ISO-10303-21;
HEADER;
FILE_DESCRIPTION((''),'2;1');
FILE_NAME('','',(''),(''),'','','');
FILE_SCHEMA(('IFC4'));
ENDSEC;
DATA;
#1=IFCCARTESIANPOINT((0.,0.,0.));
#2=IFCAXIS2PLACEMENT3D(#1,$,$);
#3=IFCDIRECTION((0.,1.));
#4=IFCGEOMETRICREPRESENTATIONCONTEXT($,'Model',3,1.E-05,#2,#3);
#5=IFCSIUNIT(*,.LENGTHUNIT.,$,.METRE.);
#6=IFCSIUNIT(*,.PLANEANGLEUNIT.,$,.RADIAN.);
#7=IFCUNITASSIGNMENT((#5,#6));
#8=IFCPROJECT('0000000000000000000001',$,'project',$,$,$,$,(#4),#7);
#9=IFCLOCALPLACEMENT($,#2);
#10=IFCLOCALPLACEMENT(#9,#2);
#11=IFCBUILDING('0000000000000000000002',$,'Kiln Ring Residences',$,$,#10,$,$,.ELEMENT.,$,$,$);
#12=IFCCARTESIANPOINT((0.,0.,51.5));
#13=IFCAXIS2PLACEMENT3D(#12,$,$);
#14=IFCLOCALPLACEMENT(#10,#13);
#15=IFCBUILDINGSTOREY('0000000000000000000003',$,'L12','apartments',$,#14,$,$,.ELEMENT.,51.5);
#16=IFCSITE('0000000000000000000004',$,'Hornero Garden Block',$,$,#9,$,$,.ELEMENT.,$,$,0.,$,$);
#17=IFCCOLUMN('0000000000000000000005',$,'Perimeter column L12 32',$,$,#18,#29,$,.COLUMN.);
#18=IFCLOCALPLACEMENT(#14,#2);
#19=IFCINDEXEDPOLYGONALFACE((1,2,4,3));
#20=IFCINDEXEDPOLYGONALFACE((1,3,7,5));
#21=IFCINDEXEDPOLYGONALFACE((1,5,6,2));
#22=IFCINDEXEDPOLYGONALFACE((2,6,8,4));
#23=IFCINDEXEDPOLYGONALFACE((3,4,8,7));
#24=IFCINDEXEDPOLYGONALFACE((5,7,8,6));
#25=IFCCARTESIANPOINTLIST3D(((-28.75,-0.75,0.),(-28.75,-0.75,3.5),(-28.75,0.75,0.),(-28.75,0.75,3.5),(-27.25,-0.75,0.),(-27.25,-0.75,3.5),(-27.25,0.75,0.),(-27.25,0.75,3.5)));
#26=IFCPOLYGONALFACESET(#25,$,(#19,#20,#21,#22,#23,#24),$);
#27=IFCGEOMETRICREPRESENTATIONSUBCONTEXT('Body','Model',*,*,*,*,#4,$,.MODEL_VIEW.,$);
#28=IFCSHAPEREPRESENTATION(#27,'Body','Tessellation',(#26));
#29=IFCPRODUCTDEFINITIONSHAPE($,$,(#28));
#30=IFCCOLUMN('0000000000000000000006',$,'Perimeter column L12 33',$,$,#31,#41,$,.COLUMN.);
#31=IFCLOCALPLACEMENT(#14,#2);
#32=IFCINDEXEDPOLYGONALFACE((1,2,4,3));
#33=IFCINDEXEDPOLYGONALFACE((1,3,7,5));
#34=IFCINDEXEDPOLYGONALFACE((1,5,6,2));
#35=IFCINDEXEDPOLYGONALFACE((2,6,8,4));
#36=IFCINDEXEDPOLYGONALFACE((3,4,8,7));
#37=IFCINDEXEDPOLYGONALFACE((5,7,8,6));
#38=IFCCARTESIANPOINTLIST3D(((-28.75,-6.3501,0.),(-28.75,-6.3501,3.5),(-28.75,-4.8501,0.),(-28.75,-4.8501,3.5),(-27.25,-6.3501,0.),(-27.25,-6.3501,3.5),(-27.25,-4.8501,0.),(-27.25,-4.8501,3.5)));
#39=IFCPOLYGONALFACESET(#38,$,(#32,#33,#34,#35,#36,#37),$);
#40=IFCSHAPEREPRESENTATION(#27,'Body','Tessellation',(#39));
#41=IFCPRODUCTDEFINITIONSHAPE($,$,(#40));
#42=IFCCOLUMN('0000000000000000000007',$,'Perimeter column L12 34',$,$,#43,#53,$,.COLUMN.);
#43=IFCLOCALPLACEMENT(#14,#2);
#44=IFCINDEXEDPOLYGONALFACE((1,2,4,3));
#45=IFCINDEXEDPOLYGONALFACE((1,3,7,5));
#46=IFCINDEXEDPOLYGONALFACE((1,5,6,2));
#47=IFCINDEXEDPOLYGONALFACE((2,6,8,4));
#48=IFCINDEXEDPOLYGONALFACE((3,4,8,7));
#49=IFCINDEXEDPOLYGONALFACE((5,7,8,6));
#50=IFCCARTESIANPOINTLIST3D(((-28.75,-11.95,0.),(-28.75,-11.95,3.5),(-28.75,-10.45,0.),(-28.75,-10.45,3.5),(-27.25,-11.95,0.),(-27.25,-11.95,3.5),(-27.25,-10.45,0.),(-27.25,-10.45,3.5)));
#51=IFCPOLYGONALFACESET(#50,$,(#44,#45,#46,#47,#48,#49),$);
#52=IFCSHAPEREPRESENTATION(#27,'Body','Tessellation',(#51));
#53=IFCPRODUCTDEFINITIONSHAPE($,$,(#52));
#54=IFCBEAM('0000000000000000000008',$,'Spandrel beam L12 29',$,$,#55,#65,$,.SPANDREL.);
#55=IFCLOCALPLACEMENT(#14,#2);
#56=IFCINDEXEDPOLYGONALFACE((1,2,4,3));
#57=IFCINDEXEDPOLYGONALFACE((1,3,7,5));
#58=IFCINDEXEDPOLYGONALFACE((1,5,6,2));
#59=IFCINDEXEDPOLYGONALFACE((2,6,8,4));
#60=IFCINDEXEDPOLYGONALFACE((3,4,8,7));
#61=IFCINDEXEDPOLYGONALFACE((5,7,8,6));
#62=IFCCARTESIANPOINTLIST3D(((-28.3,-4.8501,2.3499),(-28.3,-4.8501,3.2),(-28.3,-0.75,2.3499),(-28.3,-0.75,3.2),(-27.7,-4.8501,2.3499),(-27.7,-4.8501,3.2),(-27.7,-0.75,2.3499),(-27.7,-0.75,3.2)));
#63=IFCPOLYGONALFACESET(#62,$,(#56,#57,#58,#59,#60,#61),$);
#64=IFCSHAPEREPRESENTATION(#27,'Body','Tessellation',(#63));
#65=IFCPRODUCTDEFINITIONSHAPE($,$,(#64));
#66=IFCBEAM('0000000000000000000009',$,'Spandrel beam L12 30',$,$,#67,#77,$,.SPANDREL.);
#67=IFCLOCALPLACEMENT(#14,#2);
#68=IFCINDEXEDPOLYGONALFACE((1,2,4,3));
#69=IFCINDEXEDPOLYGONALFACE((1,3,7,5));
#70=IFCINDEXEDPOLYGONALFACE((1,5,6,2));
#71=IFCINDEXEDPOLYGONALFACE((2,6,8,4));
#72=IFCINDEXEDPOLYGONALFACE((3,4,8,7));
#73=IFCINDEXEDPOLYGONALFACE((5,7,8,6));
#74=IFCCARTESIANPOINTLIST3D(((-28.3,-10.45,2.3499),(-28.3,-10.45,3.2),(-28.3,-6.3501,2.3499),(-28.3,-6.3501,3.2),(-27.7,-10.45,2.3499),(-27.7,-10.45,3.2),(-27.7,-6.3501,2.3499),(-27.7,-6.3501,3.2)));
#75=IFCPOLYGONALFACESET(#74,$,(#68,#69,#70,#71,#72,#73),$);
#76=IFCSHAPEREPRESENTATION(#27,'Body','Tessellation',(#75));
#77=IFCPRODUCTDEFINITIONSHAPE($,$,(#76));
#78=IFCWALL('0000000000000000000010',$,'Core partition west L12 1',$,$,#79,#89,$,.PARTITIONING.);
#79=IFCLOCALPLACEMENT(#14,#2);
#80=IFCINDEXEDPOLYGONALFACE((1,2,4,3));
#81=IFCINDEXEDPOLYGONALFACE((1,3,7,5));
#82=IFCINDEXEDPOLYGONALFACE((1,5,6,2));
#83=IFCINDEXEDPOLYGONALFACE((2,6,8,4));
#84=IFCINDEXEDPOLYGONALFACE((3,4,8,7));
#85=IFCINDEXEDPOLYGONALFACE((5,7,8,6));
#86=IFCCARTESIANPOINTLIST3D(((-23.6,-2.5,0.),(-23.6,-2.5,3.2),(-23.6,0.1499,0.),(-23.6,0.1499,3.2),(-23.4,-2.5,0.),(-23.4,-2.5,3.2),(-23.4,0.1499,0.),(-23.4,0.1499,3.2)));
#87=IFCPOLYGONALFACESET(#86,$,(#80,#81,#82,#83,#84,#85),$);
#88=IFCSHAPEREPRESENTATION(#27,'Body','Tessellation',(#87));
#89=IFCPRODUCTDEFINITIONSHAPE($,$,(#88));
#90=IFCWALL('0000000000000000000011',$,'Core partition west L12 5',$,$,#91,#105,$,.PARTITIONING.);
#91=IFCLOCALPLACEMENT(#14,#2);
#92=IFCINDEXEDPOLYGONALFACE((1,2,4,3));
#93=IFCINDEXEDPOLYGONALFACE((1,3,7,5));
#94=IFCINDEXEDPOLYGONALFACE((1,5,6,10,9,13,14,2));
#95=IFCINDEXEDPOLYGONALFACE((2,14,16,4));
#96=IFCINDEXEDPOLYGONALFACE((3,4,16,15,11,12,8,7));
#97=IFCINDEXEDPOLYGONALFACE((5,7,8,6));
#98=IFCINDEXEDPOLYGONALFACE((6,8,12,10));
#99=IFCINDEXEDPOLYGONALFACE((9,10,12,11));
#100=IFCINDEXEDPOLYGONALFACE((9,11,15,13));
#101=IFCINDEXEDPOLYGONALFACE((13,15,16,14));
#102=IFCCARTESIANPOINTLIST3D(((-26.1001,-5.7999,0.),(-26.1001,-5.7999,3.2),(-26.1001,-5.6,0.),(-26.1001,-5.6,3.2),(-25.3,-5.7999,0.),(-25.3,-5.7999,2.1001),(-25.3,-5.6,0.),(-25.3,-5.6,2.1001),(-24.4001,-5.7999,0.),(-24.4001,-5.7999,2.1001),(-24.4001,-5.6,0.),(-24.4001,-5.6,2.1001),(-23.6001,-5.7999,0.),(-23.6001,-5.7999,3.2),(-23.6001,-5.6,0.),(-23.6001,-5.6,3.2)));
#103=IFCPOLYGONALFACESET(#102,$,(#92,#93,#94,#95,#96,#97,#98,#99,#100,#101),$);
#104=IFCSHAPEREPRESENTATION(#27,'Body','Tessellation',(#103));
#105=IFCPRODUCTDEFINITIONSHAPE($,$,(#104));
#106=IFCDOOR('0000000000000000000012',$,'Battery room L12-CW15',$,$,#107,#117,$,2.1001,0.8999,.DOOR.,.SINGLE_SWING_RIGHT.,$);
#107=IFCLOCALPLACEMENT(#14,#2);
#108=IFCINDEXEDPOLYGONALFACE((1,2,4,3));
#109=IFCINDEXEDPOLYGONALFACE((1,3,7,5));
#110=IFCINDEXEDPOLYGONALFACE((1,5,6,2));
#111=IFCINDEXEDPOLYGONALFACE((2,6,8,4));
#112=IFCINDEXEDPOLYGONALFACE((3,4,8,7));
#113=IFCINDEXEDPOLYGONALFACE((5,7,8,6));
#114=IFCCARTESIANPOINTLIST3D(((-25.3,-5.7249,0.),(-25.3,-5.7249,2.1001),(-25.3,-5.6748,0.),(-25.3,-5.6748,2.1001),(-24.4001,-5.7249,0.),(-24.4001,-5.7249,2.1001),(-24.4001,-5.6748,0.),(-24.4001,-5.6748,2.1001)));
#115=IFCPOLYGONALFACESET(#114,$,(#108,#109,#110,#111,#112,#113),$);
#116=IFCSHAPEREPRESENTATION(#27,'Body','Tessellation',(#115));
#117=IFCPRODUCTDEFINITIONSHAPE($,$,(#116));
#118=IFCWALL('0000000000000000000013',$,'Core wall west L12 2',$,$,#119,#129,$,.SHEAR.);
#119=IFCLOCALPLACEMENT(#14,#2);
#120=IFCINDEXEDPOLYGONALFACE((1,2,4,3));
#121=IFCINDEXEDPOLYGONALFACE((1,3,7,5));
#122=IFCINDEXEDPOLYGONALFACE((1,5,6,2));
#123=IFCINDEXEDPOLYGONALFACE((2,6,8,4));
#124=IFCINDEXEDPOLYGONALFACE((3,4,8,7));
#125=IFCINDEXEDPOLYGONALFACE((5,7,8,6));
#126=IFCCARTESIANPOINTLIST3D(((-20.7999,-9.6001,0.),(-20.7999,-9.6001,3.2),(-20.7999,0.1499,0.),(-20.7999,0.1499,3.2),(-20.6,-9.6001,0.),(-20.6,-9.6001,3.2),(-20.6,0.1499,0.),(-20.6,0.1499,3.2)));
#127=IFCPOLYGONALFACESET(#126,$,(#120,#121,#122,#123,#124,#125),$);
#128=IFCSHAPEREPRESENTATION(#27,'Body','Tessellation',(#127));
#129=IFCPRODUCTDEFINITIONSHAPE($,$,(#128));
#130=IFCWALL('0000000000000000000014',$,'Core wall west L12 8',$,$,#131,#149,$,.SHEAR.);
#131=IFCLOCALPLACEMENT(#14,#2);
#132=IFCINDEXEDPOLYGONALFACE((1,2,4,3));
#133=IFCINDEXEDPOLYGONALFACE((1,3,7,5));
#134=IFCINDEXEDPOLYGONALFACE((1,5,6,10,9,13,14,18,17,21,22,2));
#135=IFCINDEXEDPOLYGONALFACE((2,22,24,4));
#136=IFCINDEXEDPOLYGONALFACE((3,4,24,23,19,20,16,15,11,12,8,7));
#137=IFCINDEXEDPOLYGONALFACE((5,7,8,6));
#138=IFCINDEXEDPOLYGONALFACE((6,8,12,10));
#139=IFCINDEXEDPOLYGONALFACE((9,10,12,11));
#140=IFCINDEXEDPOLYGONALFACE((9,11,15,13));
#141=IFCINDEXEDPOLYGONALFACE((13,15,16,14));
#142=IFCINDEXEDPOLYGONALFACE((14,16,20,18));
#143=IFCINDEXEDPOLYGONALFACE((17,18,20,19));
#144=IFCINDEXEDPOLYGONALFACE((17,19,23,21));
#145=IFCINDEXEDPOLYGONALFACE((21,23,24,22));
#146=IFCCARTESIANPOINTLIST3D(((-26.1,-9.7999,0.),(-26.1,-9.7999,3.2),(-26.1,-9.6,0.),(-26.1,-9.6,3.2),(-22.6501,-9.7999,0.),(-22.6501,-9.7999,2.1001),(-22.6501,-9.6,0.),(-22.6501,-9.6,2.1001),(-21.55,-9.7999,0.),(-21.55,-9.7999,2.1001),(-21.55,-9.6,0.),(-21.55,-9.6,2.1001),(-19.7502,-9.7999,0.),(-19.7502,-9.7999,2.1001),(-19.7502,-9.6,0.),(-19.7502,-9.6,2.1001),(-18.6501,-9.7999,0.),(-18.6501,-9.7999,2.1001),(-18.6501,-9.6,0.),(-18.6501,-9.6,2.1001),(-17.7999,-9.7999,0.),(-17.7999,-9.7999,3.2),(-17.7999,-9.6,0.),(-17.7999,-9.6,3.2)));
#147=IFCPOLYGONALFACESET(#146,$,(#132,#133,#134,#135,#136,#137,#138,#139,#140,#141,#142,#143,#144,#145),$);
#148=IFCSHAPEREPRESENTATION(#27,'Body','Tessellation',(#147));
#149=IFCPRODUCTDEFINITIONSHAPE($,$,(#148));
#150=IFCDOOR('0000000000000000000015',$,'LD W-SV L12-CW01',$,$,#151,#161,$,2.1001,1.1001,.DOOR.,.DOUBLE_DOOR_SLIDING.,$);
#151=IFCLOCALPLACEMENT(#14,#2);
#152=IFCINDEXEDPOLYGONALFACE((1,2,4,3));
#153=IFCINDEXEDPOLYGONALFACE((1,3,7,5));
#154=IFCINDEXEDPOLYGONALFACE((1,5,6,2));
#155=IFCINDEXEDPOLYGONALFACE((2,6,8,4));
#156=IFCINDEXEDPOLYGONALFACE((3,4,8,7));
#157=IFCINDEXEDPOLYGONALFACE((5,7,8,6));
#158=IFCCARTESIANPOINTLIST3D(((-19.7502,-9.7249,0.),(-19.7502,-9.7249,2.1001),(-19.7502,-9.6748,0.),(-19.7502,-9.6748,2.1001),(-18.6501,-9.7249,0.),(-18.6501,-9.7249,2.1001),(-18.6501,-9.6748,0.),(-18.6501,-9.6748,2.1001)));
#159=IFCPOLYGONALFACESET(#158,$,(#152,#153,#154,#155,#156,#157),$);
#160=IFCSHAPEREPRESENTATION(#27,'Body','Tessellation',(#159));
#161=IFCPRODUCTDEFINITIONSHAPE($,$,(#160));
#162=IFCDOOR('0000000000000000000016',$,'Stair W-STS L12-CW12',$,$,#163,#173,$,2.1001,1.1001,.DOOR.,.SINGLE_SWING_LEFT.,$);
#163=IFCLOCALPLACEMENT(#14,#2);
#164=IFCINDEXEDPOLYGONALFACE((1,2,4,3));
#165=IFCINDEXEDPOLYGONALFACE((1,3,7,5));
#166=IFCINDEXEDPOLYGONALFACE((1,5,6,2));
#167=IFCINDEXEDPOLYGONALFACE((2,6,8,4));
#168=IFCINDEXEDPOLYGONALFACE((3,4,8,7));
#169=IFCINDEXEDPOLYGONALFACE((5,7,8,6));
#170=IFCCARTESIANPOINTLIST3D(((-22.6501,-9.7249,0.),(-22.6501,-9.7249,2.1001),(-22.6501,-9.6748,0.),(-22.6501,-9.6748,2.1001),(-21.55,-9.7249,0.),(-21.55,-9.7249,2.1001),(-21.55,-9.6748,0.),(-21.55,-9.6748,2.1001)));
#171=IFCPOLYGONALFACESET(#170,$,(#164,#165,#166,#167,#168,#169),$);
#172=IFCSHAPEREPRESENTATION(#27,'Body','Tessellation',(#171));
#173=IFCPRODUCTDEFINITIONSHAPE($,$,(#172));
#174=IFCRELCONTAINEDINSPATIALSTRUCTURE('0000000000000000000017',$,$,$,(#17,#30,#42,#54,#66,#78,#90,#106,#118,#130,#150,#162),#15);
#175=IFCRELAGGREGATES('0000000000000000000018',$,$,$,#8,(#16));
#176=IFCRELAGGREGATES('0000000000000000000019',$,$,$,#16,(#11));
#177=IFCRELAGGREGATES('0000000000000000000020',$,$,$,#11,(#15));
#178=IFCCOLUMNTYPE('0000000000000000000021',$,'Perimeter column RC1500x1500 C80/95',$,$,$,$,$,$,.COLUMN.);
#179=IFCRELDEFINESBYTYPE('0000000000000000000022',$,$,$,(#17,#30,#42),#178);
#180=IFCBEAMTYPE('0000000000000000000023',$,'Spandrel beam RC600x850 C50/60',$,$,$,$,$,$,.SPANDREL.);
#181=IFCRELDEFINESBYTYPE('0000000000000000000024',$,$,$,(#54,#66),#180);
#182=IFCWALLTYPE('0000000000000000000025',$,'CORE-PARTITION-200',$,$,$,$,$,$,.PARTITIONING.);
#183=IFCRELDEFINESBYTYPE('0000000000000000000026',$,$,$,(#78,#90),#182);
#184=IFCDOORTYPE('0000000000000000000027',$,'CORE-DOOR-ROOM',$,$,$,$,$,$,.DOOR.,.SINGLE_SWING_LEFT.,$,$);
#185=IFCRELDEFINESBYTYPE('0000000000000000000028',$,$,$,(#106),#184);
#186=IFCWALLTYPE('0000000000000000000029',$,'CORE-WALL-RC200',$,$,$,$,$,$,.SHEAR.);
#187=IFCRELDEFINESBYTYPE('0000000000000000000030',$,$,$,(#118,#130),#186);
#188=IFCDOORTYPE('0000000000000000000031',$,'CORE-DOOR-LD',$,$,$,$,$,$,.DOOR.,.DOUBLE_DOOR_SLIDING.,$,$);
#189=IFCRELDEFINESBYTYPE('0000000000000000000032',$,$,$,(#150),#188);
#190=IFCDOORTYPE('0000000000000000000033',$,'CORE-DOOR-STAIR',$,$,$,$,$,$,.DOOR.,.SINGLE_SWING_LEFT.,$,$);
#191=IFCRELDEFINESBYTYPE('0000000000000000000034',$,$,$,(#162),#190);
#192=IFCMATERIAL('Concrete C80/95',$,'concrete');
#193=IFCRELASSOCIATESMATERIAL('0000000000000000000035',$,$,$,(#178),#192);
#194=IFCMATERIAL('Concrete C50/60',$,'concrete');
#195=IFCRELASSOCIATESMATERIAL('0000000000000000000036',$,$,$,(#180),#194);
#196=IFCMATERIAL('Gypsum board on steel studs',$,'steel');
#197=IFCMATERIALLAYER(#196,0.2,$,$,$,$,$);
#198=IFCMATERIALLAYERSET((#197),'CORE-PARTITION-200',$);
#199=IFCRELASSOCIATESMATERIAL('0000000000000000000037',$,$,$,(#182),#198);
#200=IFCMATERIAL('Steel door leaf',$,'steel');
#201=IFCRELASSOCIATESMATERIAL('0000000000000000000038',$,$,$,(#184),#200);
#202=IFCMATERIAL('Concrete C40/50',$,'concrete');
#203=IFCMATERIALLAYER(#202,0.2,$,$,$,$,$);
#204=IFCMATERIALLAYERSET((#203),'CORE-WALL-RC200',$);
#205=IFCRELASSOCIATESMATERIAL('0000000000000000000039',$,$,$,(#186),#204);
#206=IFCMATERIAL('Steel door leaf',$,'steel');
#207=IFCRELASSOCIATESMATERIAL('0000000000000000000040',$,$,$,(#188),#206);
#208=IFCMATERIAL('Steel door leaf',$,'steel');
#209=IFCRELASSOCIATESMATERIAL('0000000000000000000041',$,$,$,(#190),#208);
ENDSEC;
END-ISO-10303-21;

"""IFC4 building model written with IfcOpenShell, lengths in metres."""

from ifc_helpers import new_model, si_unit, direction, frame, frame_2d, origin, origin_2d, place, context, subcontext, project, spatial, rectangle, extrude, material, layer, layer_set, material_profile, profile_set, type_object, element, fill, save


model = new_model("IFC4")

# Units and contexts
model_context = context("Model", 3, precision=1e-05, world=origin(), true_north=direction((0.0, 1.0)))
body_context = subcontext(model_context, "Body", "Model", "MODEL_VIEW")
ifc_project = project(units=[si_unit("LENGTHUNIT", "METRE"), si_unit("PLANEANGLEUNIT", "RADIAN")], contexts=[model_context])

# Site, building, storey
site_placement = place(None, origin())
site = spatial("IfcSite", under=ifc_project, at=site_placement, Name="Hornero Garden Block", CompositionType="ELEMENT", RefElevation=0.0)
building_placement = place(site_placement, origin())
building = spatial("IfcBuilding", under=site, at=building_placement, Name="Kiln Ring Residences", CompositionType="ELEMENT")
storey_placement = place(building_placement, frame((0.0, 0.0, 51.5)))
storey = spatial("IfcBuildingStorey", under=building, at=storey_placement, Name="L12", Description="apartments", CompositionType="ELEMENT", Elevation=51.5)

# Columns
ifc_material_1 = material(Name="Concrete C80/95", Category="concrete")
ifc_material_profile_1 = material_profile(ifc_material_1, rectangle(XDim=1.5, YDim=1.5, at=origin_2d()), Name="RC1500x1500")
ifc_profile_set_1 = profile_set([ifc_material_profile_1], Name="Concrete C80/95")
column_type = type_object("IfcColumnType", Name="Perimeter column RC1500x1500 C80/95", PredefinedType="COLUMN", material=ifc_profile_set_1)
for number, where, z_axis, x_axis, name in (
    (1, (-28.0, 0.0, 0.0), (0.0, 0.0, 1.0), (1.0, 0.0, 0.0), "Perimeter column L12 32"),
    (2, (-28.0, -5.6001, 0.0), (0.0, 0.0, 1.0), (1.0, 0.0, 0.0), "Perimeter column L12 33"),
    (3, (-28.0, -11.2, 0.0), (0.0, 0.0, 1.0), (1.0, 0.0, 0.0), "Perimeter column L12 34"),
):
    element("IfcColumn", number, at=place(storey_placement, frame(where, z_axis=z_axis, x_axis=x_axis)), inside=storey, type_object=column_type, Name=name, PredefinedType="COLUMN", context=body_context, shape_type="SweptSolid", body=[
        extrude(rectangle(XDim=1.5, YDim=1.5, at=origin_2d()), origin(), (0.0, 0.0, 1.0), 3.5),
    ])

# Beams
ifc_material_2 = material(Name="Concrete C50/60", Category="concrete")
ifc_material_profile_2 = material_profile(ifc_material_2, rectangle(XDim=0.6001, YDim=0.8501, at=origin_2d()), Name="RC600x850")
ifc_profile_set_2 = profile_set([ifc_material_profile_2], Name="Concrete C50/60")
beam_type = type_object("IfcBeamType", Name="Spandrel beam RC600x850 C50/60", PredefinedType="SPANDREL", material=ifc_profile_set_2)
beam_1_placement = place(storey_placement, frame((-28.0, -0.75, 2.7749), z_axis=(0.0, -1.0, 0.0), x_axis=(1.0, 0.0, 0.0)))
element("IfcBeam", 4, at=beam_1_placement, inside=storey, type_object=beam_type, Name="Spandrel beam L12 29", PredefinedType="SPANDREL", context=body_context, shape_type="SweptSolid", body=[
    extrude(rectangle(XDim=0.6001, YDim=0.8501, at=origin_2d()), origin(), (0.0, 0.0, 1.0), 4.1001),
])
beam_2_placement = place(storey_placement, frame((-28.0, -6.3501, 2.7749), z_axis=(0.0, -1.0, 0.0), x_axis=(1.0, 0.0, 0.0)))
element("IfcBeam", 5, at=beam_2_placement, inside=storey, type_object=beam_type, Name="Spandrel beam L12 30", PredefinedType="SPANDREL", context=body_context, shape_type="SweptSolid", body=[
    extrude(rectangle(XDim=0.6001, YDim=0.8501, at=origin_2d()), origin(), (0.0, 0.0, 1.0), 4.0999),
])

# Wall
ifc_material_3 = material(Name="Gypsum board on steel studs", Category="steel")
ifc_layer_1 = layer(ifc_material_3, 0.2)
ifc_layer_set_1 = layer_set([ifc_layer_1], Name="CORE-PARTITION-200")
wall_type_1 = type_object("IfcWallType", Name="CORE-PARTITION-200", PredefinedType="PARTITIONING", material=ifc_layer_set_1)
wall_1_placement = place(storey_placement, frame((-23.5, -2.5, 0.0), z_axis=(0.0, 0.0, 1.0), x_axis=(0.0, 1.0, 0.0)))
element("IfcWall", 6, at=wall_1_placement, inside=storey, type_object=wall_type_1, Name="Core partition west L12 1", PredefinedType="PARTITIONING", context=body_context, shape_type="SweptSolid", body=[
    extrude(rectangle(XDim=2.6499, YDim=0.2, at=frame_2d((1.325, 0.0))), origin(), (0.0, 0.0, 1.0), 3.2),
])

# Wall, opening, door
wall_2_placement = place(storey_placement, frame((-23.6001, -5.7, 0.0), z_axis=(0.0, 0.0, 1.0), x_axis=(-1.0, 0.0, 0.0)))
wall_2 = element("IfcWall", 7, at=wall_2_placement, inside=storey, type_object=wall_type_1, Name="Core partition west L12 5", PredefinedType="PARTITIONING", context=body_context, shape_type="SweptSolid", body=[
    extrude(rectangle(XDim=2.5, YDim=0.2, at=frame_2d((1.25, 0.0))), origin(), (0.0, 0.0, 1.0), 3.2),
])
opening_1_placement = place(wall_2_placement, frame((0.8, 0.0, 0.0)))
opening_1 = element("IfcOpeningElement", 8, at=opening_1_placement, cuts=wall_2, PredefinedType="OPENING", context=body_context, shape_type="SweptSolid", body=[
    extrude(rectangle(XDim=0.8999, YDim=2.1001, at=frame_2d((0.45, 1.05))), frame((0.0, 0.1099, 0.0), z_axis=(0.0, -1.0, 0.0), x_axis=(1.0, 0.0, 0.0)), (0.0, 0.0, 1.0), 0.22),
])
ifc_material_4 = material(Name="Steel door leaf", Category="steel")
door_type_1 = type_object("IfcDoorType", Name="CORE-DOOR-ROOM", OperationType="SINGLE_SWING_LEFT", PredefinedType="DOOR", material=ifc_material_4)
door_1_placement = place(opening_1_placement, origin())
door_1 = element("IfcDoor", 9, at=door_1_placement, inside=storey, type_object=door_type_1, Name="Battery room L12-CW15", OperationType="SINGLE_SWING_RIGHT", OverallHeight=2.1001, OverallWidth=0.8999, PredefinedType="DOOR", context=body_context, shape_type="SweptSolid", body=[
    extrude(rectangle(XDim=0.8999, YDim=2.1001, at=frame_2d((0.45, 1.05))), frame((0.0, 0.0249, 0.0), z_axis=(0.0, -1.0, 0.0), x_axis=(1.0, 0.0, 0.0)), (0.0, 0.0, 1.0), 0.05),
])
fill(opening_1, door_1)

# Wall
ifc_material_5 = material(Name="Concrete C40/50", Category="concrete")
ifc_layer_2 = layer(ifc_material_5, 0.2)
ifc_layer_set_2 = layer_set([ifc_layer_2], Name="CORE-WALL-RC200")
wall_type_2 = type_object("IfcWallType", Name="CORE-WALL-RC200", PredefinedType="SHEAR", material=ifc_layer_set_2)
wall_3_placement = place(storey_placement, frame((-20.7, -9.6001, 0.0), z_axis=(0.0, 0.0, 1.0), x_axis=(0.0, 1.0, 0.0)))
element("IfcWall", 10, at=wall_3_placement, inside=storey, type_object=wall_type_2, Name="Core wall west L12 2", PredefinedType="SHEAR", context=body_context, shape_type="SweptSolid", body=[
    extrude(rectangle(XDim=9.75, YDim=0.2, at=frame_2d((4.875, 0.0))), origin(), (0.0, 0.0, 1.0), 3.2),
])

# Wall, openings, doors
wall_4_placement = place(storey_placement, frame((-17.8, -9.7, 0.0), z_axis=(0.0, 0.0, 1.0), x_axis=(-1.0, 0.0, 0.0)))
wall_4 = element("IfcWall", 11, at=wall_4_placement, inside=storey, type_object=wall_type_2, Name="Core wall west L12 8", PredefinedType="SHEAR", context=body_context, shape_type="SweptSolid", body=[
    extrude(rectangle(XDim=8.3, YDim=0.2, at=frame_2d((4.1499, 0.0))), origin(), (0.0, 0.0, 1.0), 3.2),
])
opening_2_placement = place(wall_4_placement, frame((0.8501, 0.0, 0.0)))
opening_2 = element("IfcOpeningElement", 12, at=opening_2_placement, cuts=wall_4, PredefinedType="OPENING", context=body_context, shape_type="SweptSolid", body=[
    extrude(rectangle(XDim=1.1001, YDim=2.1001, at=frame_2d((0.55, 1.05))), frame((0.0, 0.1099, 0.0), z_axis=(0.0, -1.0, 0.0), x_axis=(1.0, 0.0, 0.0)), (0.0, 0.0, 1.0), 0.22),
])
opening_3_placement = place(wall_4_placement, frame((3.75, 0.0, 0.0)))
opening_3 = element("IfcOpeningElement", 13, at=opening_3_placement, cuts=wall_4, PredefinedType="OPENING", context=body_context, shape_type="SweptSolid", body=[
    extrude(rectangle(XDim=1.1001, YDim=2.1001, at=frame_2d((0.55, 1.05))), frame((0.0, 0.1099, 0.0), z_axis=(0.0, -1.0, 0.0), x_axis=(1.0, 0.0, 0.0)), (0.0, 0.0, 1.0), 0.22),
])
ifc_material_6 = material(Name="Steel door leaf", Category="steel")
door_type_2 = type_object("IfcDoorType", Name="CORE-DOOR-LD", OperationType="DOUBLE_DOOR_SLIDING", PredefinedType="DOOR", material=ifc_material_6)
door_2_placement = place(opening_2_placement, origin())
door_2 = element("IfcDoor", 14, at=door_2_placement, inside=storey, type_object=door_type_2, Name="LD W-SV L12-CW01", OperationType="DOUBLE_DOOR_SLIDING", OverallHeight=2.1001, OverallWidth=1.1001, PredefinedType="DOOR", context=body_context, shape_type="SweptSolid", body=[
    extrude(rectangle(XDim=1.1001, YDim=2.1001, at=frame_2d((0.55, 1.05))), frame((0.0, 0.0249, 0.0), z_axis=(0.0, -1.0, 0.0), x_axis=(1.0, 0.0, 0.0)), (0.0, 0.0, 1.0), 0.05),
])
fill(opening_2, door_2)
ifc_material_7 = material(Name="Steel door leaf", Category="steel")
door_type_3 = type_object("IfcDoorType", Name="CORE-DOOR-STAIR", OperationType="SINGLE_SWING_LEFT", PredefinedType="DOOR", material=ifc_material_7)
door_3_placement = place(opening_3_placement, origin())
door_3 = element("IfcDoor", 15, at=door_3_placement, inside=storey, type_object=door_type_3, Name="Stair W-STS L12-CW12", OperationType="SINGLE_SWING_LEFT", OverallHeight=2.1001, OverallWidth=1.1001, PredefinedType="DOOR", context=body_context, shape_type="SweptSolid", body=[
    extrude(rectangle(XDim=1.1001, YDim=2.1001, at=frame_2d((0.55, 1.05))), frame((0.0, 0.0249, 0.0), z_axis=(0.0, -1.0, 0.0), x_axis=(1.0, 0.0, 0.0)), (0.0, 0.0, 1.0), 0.05),
])
fill(opening_3, door_3)

save(model, "model.ifc")
